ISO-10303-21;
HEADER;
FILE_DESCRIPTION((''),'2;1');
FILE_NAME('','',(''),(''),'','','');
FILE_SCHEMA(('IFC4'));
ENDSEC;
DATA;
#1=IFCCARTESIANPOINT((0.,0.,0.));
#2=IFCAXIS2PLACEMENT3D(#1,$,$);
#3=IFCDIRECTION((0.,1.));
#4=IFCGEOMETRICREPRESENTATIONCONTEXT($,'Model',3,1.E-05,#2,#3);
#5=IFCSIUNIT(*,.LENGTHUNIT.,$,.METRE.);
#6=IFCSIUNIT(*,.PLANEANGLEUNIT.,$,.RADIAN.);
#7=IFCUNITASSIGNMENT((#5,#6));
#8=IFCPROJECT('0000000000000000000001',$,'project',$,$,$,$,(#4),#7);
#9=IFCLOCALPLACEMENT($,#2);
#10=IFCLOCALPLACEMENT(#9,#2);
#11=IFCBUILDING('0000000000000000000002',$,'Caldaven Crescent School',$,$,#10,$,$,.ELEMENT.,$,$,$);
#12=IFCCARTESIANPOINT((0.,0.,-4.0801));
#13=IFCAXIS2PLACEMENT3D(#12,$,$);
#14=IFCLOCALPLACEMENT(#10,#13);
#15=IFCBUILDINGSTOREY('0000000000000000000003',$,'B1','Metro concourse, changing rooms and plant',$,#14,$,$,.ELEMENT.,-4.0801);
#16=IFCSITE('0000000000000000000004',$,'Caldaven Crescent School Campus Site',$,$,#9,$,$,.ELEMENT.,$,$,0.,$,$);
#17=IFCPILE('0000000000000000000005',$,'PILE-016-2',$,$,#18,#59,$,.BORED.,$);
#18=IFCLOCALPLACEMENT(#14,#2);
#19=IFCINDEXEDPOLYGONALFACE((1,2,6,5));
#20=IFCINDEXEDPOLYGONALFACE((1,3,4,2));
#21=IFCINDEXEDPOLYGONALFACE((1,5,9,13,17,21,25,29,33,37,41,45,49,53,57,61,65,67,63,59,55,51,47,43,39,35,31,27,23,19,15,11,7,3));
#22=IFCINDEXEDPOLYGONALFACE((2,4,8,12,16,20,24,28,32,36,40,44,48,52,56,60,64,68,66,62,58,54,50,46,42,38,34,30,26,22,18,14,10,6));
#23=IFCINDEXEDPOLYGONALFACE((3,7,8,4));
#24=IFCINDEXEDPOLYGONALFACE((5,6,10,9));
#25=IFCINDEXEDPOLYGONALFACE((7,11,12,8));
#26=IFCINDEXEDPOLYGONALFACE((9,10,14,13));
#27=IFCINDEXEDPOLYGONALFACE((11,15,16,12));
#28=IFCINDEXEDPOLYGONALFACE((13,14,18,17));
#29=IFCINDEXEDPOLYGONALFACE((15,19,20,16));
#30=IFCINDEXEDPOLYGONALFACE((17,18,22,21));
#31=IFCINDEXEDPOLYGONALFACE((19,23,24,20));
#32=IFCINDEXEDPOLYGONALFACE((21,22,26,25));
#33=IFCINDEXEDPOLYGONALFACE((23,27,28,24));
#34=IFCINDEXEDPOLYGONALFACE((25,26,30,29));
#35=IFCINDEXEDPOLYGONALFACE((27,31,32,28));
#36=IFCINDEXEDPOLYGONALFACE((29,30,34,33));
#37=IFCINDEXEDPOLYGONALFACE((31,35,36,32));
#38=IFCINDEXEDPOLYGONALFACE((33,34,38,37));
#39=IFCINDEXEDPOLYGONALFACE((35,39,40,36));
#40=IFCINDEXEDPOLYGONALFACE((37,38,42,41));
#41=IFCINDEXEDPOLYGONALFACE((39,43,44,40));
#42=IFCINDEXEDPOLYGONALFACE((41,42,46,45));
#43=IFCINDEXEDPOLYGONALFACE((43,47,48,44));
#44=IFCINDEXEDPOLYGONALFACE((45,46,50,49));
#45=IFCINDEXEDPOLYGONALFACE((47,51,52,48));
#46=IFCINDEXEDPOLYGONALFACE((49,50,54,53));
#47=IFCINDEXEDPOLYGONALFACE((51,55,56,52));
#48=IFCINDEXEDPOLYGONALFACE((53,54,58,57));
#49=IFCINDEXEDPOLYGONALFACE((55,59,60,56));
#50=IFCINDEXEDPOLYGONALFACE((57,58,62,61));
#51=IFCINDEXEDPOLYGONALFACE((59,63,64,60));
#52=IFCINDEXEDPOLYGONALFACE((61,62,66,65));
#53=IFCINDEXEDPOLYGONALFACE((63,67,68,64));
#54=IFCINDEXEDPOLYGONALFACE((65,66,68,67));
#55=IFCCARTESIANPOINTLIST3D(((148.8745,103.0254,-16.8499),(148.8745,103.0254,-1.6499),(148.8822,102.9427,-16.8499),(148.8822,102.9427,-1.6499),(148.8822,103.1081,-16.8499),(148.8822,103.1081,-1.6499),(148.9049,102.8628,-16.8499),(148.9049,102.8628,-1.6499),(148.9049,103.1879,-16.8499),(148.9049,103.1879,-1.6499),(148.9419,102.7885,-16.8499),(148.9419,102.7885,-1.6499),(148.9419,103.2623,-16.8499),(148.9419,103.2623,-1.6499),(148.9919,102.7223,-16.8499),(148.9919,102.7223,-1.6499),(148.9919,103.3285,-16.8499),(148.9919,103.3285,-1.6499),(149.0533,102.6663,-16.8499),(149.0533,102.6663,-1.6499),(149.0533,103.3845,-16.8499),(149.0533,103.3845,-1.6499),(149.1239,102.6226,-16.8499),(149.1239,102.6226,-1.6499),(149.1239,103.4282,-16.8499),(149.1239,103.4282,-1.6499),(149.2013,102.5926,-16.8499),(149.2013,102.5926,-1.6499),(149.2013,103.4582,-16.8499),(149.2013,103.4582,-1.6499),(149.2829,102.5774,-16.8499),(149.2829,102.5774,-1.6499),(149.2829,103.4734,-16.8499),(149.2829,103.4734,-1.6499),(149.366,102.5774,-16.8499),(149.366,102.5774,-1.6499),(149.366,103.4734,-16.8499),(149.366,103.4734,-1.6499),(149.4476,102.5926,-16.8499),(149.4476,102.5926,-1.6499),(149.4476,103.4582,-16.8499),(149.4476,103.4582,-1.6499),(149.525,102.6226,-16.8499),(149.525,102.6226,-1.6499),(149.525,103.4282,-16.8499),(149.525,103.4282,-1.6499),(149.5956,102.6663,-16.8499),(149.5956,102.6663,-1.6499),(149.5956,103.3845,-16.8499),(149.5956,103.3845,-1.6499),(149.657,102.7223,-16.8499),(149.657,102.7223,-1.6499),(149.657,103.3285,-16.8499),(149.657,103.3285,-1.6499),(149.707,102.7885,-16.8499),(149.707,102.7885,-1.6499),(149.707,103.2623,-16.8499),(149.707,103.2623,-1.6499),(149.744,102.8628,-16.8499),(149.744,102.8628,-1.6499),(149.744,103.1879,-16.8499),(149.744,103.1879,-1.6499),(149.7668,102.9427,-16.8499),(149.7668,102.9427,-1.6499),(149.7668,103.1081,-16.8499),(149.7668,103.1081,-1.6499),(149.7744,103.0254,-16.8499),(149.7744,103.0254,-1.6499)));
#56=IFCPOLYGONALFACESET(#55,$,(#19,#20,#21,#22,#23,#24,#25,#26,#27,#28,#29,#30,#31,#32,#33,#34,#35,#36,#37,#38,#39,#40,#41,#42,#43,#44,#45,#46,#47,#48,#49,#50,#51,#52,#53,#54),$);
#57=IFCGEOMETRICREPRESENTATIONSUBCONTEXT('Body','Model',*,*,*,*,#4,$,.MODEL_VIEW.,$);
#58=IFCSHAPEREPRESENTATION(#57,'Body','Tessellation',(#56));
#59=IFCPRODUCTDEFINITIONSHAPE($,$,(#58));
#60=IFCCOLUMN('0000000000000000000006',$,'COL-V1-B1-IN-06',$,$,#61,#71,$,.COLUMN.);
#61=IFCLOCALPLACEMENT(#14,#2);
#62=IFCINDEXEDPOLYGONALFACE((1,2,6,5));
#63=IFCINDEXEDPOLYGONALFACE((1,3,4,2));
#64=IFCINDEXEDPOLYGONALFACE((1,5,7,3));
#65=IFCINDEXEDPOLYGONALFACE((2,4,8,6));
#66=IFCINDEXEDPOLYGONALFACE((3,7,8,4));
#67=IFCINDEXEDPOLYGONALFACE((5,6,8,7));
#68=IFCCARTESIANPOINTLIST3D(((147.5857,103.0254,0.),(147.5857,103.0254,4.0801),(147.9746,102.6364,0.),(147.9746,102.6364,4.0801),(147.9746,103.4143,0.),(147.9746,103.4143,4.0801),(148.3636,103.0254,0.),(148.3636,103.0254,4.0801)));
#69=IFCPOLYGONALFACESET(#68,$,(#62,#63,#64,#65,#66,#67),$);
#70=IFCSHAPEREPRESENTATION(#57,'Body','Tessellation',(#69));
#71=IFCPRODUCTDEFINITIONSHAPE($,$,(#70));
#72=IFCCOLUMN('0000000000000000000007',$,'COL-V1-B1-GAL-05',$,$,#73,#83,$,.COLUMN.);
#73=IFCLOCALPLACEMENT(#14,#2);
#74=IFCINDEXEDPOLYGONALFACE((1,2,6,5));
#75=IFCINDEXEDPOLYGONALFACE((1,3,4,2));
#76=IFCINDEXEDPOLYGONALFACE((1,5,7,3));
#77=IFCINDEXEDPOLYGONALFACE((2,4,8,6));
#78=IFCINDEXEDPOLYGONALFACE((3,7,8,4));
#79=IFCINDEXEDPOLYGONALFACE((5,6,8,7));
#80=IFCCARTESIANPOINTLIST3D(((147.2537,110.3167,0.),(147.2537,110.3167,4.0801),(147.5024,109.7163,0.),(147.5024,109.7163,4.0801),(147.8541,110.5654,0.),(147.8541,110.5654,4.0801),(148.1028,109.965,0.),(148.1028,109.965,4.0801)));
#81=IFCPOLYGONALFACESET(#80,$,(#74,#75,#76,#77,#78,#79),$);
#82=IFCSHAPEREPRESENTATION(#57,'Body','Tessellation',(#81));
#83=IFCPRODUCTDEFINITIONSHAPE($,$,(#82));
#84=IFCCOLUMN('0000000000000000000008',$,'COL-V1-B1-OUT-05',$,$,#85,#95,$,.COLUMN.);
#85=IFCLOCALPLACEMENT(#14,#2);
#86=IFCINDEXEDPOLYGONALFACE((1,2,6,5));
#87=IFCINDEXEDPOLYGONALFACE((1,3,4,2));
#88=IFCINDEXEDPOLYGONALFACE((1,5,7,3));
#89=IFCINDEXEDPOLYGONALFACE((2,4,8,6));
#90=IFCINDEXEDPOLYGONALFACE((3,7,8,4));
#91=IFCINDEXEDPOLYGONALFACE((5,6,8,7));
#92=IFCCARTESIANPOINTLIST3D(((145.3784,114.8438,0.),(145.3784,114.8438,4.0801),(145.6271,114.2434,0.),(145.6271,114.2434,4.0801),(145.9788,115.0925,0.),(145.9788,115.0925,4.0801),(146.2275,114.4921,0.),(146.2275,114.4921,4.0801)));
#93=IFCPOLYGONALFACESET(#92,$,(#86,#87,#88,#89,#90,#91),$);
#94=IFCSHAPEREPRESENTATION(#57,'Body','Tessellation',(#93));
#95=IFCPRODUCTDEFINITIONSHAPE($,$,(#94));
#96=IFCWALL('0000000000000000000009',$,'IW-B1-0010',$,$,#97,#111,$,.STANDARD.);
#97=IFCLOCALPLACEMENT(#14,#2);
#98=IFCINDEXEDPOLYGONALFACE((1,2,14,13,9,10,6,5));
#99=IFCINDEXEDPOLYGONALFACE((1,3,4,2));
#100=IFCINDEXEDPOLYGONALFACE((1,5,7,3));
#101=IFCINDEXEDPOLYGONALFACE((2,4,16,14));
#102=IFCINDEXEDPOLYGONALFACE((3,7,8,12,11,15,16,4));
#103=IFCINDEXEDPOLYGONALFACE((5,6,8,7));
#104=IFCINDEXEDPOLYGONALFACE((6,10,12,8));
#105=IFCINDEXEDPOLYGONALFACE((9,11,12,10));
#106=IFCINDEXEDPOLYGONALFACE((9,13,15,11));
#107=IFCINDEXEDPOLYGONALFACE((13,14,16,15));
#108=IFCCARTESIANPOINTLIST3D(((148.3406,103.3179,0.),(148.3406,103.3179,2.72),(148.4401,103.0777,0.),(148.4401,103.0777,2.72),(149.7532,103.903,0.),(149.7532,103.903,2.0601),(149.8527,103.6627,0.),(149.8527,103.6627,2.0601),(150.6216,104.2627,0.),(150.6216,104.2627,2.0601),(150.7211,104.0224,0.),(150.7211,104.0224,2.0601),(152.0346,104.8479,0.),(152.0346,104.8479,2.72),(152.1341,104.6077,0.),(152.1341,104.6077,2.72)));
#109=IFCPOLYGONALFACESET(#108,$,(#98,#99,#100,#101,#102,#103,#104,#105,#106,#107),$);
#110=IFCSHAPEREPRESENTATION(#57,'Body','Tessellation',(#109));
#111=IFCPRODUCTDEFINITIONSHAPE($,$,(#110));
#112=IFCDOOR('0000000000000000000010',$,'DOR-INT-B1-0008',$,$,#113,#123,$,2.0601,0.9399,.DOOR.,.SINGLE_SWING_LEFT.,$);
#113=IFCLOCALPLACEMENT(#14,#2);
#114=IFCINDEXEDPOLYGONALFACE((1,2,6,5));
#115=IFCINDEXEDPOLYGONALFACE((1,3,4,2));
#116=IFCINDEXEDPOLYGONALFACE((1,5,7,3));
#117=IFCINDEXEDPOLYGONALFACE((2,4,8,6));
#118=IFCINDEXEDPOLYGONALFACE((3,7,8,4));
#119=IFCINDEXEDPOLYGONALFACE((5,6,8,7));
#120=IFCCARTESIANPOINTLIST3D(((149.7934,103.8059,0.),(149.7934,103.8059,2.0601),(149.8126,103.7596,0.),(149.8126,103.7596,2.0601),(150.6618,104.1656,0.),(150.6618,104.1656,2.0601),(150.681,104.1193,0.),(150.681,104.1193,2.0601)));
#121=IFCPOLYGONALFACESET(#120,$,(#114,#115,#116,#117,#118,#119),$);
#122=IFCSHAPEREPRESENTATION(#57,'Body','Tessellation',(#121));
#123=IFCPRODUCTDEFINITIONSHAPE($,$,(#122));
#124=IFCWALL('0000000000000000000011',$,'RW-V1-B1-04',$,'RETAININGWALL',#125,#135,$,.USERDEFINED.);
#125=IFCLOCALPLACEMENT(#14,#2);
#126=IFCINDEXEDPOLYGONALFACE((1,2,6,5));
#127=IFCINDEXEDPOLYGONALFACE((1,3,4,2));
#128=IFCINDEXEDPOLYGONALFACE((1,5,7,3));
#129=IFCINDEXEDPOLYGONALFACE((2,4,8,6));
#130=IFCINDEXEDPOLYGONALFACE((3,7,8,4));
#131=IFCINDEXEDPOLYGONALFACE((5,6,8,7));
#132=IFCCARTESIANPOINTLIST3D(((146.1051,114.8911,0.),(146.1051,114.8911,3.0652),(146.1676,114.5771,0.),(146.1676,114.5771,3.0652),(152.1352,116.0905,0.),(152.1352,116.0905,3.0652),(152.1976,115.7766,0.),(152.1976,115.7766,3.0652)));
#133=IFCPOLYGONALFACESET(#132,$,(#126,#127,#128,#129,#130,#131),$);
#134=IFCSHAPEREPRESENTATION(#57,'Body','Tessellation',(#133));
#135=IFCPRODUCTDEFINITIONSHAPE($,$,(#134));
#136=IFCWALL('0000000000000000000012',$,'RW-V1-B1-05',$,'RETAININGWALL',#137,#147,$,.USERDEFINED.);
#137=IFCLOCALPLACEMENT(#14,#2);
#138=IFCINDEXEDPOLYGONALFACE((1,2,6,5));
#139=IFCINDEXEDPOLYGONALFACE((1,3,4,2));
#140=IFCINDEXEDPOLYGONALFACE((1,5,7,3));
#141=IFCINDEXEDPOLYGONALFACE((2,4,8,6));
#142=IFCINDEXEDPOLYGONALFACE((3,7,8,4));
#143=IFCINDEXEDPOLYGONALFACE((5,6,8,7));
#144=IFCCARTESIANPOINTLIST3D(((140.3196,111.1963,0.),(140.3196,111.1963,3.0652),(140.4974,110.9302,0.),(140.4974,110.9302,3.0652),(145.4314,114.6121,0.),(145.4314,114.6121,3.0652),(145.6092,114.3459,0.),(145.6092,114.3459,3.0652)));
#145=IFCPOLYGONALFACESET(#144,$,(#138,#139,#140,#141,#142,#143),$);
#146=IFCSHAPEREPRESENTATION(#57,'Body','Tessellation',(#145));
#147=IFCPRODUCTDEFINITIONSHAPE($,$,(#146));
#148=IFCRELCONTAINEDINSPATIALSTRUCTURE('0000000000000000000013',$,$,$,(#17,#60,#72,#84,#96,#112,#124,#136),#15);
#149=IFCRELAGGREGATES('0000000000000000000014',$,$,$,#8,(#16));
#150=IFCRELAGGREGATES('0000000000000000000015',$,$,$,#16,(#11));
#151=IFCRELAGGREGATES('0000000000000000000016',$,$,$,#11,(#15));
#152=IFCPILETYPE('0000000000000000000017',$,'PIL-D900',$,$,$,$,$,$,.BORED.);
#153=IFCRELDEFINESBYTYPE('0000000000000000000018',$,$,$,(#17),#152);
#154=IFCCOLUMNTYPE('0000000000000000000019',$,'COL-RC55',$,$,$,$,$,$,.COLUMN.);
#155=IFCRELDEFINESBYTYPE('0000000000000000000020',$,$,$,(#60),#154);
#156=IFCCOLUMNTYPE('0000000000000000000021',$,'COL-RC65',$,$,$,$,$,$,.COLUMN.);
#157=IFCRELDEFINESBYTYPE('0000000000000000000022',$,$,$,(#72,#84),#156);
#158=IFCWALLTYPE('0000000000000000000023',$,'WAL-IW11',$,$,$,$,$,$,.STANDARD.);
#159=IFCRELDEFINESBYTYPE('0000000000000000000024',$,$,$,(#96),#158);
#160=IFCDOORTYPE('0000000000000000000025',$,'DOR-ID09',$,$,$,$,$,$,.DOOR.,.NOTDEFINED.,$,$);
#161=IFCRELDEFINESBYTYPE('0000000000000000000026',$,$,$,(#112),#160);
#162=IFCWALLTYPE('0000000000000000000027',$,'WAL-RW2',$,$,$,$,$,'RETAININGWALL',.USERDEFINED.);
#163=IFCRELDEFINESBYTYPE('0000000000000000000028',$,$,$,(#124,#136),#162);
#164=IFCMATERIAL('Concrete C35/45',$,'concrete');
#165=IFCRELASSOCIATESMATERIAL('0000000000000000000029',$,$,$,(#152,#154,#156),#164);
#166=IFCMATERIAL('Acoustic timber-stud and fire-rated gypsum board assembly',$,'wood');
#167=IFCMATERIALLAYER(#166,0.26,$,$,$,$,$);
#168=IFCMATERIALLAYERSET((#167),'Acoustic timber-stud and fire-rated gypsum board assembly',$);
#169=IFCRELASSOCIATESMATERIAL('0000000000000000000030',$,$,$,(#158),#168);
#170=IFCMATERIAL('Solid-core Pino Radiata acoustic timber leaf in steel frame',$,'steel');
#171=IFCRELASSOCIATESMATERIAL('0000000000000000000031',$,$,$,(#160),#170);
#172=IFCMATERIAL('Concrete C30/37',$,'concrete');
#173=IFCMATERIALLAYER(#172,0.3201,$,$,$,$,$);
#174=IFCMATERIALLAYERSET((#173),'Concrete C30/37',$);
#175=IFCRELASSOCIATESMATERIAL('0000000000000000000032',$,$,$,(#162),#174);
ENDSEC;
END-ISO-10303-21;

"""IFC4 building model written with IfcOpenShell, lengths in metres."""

from ifc_helpers import new_model, si_unit, direction, frame, frame_2d, origin, origin_2d, place, context, subcontext, project, spatial, rectangle, circle, extrude, material, layer, layer_set, material_profile, profile_set, type_object, element, fill, save


model = new_model("IFC4")

# Units and contexts
model_context = context("Model", 3, precision=1e-05, world=origin(), true_north=direction((0.0, 1.0)))
body_context = subcontext(model_context, "Body", "Model", "MODEL_VIEW")
ifc_project = project(units=[si_unit("LENGTHUNIT", "METRE"), si_unit("PLANEANGLEUNIT", "RADIAN")], contexts=[model_context])

# Site, building, storey
site_placement = place(None, origin())
site = spatial("IfcSite", under=ifc_project, at=site_placement, Name="Caldaven Crescent School Campus Site", CompositionType="ELEMENT", RefElevation=0.0)
building_placement = place(site_placement, origin())
building = spatial("IfcBuilding", under=site, at=building_placement, Name="Caldaven Crescent School", CompositionType="ELEMENT")
storey_placement = place(building_placement, frame((0.0, 0.0, -4.0801)))
storey = spatial("IfcBuildingStorey", under=building, at=storey_placement, Name="B1", Description="Metro concourse, changing rooms and plant", CompositionType="ELEMENT", Elevation=-4.0801)

# Shared definitions
ifc_material_1 = material(Name="Concrete C30/37", Category="concrete")
ifc_material_2 = material(Name="Concrete C35/45", Category="concrete")

# Pile
ifc_material_profile_1 = material_profile(ifc_material_2, circle(Radius=0.45, at=origin_2d()), Name="PILE D900")
ifc_profile_set_1 = profile_set([ifc_material_profile_1], Name="Concrete C35/45")
pile_type_1 = type_object("IfcPileType", Name="PIL-D900", PredefinedType="BORED", material=ifc_profile_set_1)
for number, where, z_axis, x_axis, name in (
    (1, (149.3245, 103.0254, -1.6499), (0.0, 0.0, -1.0), (1.0, 0.0, 0.0), "PILE-016-2"),
):
    element("IfcPile", number, at=place(storey_placement, frame(where, z_axis=z_axis, x_axis=x_axis)), inside=storey, type_object=pile_type_1, Name=name, PredefinedType="BORED", context=body_context, shape_type="SweptSolid", body=[
        extrude(circle(Radius=0.45, at=origin_2d()), origin(), (0.0, 0.0, 1.0), 15.2),
    ])

# Columns
ifc_material_profile_2 = material_profile(ifc_material_2, rectangle(XDim=0.55, YDim=0.55, at=origin_2d()), Name="RC 550x550")
ifc_profile_set_2 = profile_set([ifc_material_profile_2], Name="Concrete C35/45")
column_type_1 = type_object("IfcColumnType", Name="COL-RC55", PredefinedType="COLUMN", material=ifc_profile_set_2)
column_placement = place(storey_placement, frame((147.9746, 103.0254, 0.0), z_axis=(0.0, 0.0, 1.0), x_axis=(-0.707107, 0.707107, 0.0)))
element("IfcColumn", 2, at=column_placement, inside=storey, type_object=column_type_1, Name="COL-V1-B1-IN-06", PredefinedType="COLUMN", context=body_context, shape_type="SweptSolid", body=[
    extrude(rectangle(XDim=0.55, YDim=0.55, at=origin_2d()), origin(), (0.0, 0.0, 1.0), 4.0801),
])
ifc_material_profile_3 = material_profile(ifc_material_2, rectangle(XDim=0.6499, YDim=0.6499, at=origin_2d()), Name="RC 650x650")
ifc_profile_set_3 = profile_set([ifc_material_profile_3], Name="Concrete C35/45")
column_type_2 = type_object("IfcColumnType", Name="COL-RC65", PredefinedType="COLUMN", material=ifc_profile_set_3)
for number, where, z_axis, x_axis, name in (
    (3, (147.6782, 110.1409, 0.0), (0.0, 0.0, 1.0), (-0.382683, 0.92388, 0.0), "COL-V1-B1-GAL-05"),
    (4, (145.803, 114.668, 0.0), (0.0, 0.0, 1.0), (-0.382683, 0.92388, 0.0), "COL-V1-B1-OUT-05"),
):
    element("IfcColumn", number, at=place(storey_placement, frame(where, z_axis=z_axis, x_axis=x_axis)), inside=storey, type_object=column_type_2, Name=name, PredefinedType="COLUMN", context=body_context, shape_type="SweptSolid", body=[
        extrude(rectangle(XDim=0.6499, YDim=0.6499, at=origin_2d()), origin(), (0.0, 0.0, 1.0), 4.0801),
    ])

# Wall, opening, door
ifc_material_3 = material(Name="Acoustic timber-stud and fire-rated gypsum board assembly", Category="wood")
ifc_layer_1 = layer(ifc_material_3, 0.26)
ifc_layer_set_1 = layer_set([ifc_layer_1], Name="Acoustic timber-stud and fire-rated gypsum board assembly")
wall_type_1 = type_object("IfcWallType", Name="WAL-IW11", PredefinedType="STANDARD", material=ifc_layer_set_1)
wall_1_placement = place(storey_placement, frame((152.0842, 104.7278, 0.0), z_axis=(0.0, 0.0, 1.0), x_axis=(-0.923881, -0.382681, 0.0)))
wall_1 = element("IfcWall", 5, at=wall_1_placement, inside=storey, type_object=wall_type_1, Name="IW-B1-0010", PredefinedType="STANDARD", context=body_context, shape_type="SweptSolid", body=[
    extrude(rectangle(XDim=3.9983, YDim=0.26, at=frame_2d((1.999, 0.0))), origin(), (0.0, 0.0, 1.0), 2.72),
])
opening_placement = place(wall_1_placement, frame((1.5293, 0.0, 0.0)))
opening = element("IfcOpeningElement", 6, at=opening_placement, cuts=wall_1, PredefinedType="OPENING", context=body_context, shape_type="SweptSolid", body=[
    extrude(rectangle(XDim=0.9399, YDim=2.0601, at=frame_2d((0.47, 1.03))), frame((0.0, 0.1399, 0.0), z_axis=(0.0, -1.0, 0.0), x_axis=(1.0, 0.0, 0.0)), (0.0, 0.0, 1.0), 0.28),
])
ifc_material_4 = material(Name="Solid-core Pino Radiata acoustic timber leaf in steel frame", Category="steel")
door_type = type_object("IfcDoorType", Name="DOR-ID09", OperationType="NOTDEFINED", PredefinedType="DOOR", material=ifc_material_4)
door_placement = place(opening_placement, frame((0.9399, 0.0, 0.0), z_axis=(0.0, 0.0, 1.0), x_axis=(-1.0, 0.0, 0.0)))
door = element("IfcDoor", 7, at=door_placement, inside=storey, type_object=door_type, Name="DOR-INT-B1-0008", OperationType="SINGLE_SWING_LEFT", OverallHeight=2.0601, OverallWidth=0.9399, PredefinedType="DOOR", context=body_context, shape_type="SweptSolid", body=[
    extrude(rectangle(XDim=0.9399, YDim=2.0601, at=frame_2d((0.47, 1.03))), frame((0.0, 0.0249, 0.0), z_axis=(0.0, -1.0, 0.0), x_axis=(1.0, 0.0, 0.0)), (0.0, 0.0, 1.0), 0.05),
])
fill(opening, door)

# Walls
ifc_layer_2 = layer(ifc_material_1, 0.3201)
ifc_layer_set_2 = layer_set([ifc_layer_2], Name="Concrete C30/37")
wall_type_2 = type_object("IfcWallType", Name="WAL-RW2", ElementType="RETAININGWALL", PredefinedType="USERDEFINED", material=ifc_layer_set_2)
wall_2_placement = place(storey_placement, frame((152.1665, 115.9336, 0.0), z_axis=(0.0, 0.0, 1.0), x_axis=(-0.980785, -0.195093, 0.0)))
element("IfcWall", 8, at=wall_2_placement, inside=storey, type_object=wall_type_2, Name="RW-V1-B1-04", ObjectType="RETAININGWALL", PredefinedType="USERDEFINED", context=body_context, shape_type="SweptSolid", body=[
    extrude(rectangle(XDim=6.1482, YDim=0.3201, at=frame_2d((3.0742, 0.0))), origin(), (0.0, 0.0, 1.0), 3.0652),
])
wall_3_placement = place(storey_placement, frame((145.5203, 114.479, 0.0), z_axis=(0.0, 0.0, 1.0), x_axis=(-0.831457, -0.555589, 0.0)))
element("IfcWall", 9, at=wall_3_placement, inside=storey, type_object=wall_type_2, Name="RW-V1-B1-05", ObjectType="RETAININGWALL", PredefinedType="USERDEFINED", context=body_context, shape_type="SweptSolid", body=[
    extrude(rectangle(XDim=6.1479, YDim=0.3201, at=frame_2d((3.074, 0.0))), origin(), (0.0, 0.0, 1.0), 3.0652),
])

save(model, "model.ifc")
